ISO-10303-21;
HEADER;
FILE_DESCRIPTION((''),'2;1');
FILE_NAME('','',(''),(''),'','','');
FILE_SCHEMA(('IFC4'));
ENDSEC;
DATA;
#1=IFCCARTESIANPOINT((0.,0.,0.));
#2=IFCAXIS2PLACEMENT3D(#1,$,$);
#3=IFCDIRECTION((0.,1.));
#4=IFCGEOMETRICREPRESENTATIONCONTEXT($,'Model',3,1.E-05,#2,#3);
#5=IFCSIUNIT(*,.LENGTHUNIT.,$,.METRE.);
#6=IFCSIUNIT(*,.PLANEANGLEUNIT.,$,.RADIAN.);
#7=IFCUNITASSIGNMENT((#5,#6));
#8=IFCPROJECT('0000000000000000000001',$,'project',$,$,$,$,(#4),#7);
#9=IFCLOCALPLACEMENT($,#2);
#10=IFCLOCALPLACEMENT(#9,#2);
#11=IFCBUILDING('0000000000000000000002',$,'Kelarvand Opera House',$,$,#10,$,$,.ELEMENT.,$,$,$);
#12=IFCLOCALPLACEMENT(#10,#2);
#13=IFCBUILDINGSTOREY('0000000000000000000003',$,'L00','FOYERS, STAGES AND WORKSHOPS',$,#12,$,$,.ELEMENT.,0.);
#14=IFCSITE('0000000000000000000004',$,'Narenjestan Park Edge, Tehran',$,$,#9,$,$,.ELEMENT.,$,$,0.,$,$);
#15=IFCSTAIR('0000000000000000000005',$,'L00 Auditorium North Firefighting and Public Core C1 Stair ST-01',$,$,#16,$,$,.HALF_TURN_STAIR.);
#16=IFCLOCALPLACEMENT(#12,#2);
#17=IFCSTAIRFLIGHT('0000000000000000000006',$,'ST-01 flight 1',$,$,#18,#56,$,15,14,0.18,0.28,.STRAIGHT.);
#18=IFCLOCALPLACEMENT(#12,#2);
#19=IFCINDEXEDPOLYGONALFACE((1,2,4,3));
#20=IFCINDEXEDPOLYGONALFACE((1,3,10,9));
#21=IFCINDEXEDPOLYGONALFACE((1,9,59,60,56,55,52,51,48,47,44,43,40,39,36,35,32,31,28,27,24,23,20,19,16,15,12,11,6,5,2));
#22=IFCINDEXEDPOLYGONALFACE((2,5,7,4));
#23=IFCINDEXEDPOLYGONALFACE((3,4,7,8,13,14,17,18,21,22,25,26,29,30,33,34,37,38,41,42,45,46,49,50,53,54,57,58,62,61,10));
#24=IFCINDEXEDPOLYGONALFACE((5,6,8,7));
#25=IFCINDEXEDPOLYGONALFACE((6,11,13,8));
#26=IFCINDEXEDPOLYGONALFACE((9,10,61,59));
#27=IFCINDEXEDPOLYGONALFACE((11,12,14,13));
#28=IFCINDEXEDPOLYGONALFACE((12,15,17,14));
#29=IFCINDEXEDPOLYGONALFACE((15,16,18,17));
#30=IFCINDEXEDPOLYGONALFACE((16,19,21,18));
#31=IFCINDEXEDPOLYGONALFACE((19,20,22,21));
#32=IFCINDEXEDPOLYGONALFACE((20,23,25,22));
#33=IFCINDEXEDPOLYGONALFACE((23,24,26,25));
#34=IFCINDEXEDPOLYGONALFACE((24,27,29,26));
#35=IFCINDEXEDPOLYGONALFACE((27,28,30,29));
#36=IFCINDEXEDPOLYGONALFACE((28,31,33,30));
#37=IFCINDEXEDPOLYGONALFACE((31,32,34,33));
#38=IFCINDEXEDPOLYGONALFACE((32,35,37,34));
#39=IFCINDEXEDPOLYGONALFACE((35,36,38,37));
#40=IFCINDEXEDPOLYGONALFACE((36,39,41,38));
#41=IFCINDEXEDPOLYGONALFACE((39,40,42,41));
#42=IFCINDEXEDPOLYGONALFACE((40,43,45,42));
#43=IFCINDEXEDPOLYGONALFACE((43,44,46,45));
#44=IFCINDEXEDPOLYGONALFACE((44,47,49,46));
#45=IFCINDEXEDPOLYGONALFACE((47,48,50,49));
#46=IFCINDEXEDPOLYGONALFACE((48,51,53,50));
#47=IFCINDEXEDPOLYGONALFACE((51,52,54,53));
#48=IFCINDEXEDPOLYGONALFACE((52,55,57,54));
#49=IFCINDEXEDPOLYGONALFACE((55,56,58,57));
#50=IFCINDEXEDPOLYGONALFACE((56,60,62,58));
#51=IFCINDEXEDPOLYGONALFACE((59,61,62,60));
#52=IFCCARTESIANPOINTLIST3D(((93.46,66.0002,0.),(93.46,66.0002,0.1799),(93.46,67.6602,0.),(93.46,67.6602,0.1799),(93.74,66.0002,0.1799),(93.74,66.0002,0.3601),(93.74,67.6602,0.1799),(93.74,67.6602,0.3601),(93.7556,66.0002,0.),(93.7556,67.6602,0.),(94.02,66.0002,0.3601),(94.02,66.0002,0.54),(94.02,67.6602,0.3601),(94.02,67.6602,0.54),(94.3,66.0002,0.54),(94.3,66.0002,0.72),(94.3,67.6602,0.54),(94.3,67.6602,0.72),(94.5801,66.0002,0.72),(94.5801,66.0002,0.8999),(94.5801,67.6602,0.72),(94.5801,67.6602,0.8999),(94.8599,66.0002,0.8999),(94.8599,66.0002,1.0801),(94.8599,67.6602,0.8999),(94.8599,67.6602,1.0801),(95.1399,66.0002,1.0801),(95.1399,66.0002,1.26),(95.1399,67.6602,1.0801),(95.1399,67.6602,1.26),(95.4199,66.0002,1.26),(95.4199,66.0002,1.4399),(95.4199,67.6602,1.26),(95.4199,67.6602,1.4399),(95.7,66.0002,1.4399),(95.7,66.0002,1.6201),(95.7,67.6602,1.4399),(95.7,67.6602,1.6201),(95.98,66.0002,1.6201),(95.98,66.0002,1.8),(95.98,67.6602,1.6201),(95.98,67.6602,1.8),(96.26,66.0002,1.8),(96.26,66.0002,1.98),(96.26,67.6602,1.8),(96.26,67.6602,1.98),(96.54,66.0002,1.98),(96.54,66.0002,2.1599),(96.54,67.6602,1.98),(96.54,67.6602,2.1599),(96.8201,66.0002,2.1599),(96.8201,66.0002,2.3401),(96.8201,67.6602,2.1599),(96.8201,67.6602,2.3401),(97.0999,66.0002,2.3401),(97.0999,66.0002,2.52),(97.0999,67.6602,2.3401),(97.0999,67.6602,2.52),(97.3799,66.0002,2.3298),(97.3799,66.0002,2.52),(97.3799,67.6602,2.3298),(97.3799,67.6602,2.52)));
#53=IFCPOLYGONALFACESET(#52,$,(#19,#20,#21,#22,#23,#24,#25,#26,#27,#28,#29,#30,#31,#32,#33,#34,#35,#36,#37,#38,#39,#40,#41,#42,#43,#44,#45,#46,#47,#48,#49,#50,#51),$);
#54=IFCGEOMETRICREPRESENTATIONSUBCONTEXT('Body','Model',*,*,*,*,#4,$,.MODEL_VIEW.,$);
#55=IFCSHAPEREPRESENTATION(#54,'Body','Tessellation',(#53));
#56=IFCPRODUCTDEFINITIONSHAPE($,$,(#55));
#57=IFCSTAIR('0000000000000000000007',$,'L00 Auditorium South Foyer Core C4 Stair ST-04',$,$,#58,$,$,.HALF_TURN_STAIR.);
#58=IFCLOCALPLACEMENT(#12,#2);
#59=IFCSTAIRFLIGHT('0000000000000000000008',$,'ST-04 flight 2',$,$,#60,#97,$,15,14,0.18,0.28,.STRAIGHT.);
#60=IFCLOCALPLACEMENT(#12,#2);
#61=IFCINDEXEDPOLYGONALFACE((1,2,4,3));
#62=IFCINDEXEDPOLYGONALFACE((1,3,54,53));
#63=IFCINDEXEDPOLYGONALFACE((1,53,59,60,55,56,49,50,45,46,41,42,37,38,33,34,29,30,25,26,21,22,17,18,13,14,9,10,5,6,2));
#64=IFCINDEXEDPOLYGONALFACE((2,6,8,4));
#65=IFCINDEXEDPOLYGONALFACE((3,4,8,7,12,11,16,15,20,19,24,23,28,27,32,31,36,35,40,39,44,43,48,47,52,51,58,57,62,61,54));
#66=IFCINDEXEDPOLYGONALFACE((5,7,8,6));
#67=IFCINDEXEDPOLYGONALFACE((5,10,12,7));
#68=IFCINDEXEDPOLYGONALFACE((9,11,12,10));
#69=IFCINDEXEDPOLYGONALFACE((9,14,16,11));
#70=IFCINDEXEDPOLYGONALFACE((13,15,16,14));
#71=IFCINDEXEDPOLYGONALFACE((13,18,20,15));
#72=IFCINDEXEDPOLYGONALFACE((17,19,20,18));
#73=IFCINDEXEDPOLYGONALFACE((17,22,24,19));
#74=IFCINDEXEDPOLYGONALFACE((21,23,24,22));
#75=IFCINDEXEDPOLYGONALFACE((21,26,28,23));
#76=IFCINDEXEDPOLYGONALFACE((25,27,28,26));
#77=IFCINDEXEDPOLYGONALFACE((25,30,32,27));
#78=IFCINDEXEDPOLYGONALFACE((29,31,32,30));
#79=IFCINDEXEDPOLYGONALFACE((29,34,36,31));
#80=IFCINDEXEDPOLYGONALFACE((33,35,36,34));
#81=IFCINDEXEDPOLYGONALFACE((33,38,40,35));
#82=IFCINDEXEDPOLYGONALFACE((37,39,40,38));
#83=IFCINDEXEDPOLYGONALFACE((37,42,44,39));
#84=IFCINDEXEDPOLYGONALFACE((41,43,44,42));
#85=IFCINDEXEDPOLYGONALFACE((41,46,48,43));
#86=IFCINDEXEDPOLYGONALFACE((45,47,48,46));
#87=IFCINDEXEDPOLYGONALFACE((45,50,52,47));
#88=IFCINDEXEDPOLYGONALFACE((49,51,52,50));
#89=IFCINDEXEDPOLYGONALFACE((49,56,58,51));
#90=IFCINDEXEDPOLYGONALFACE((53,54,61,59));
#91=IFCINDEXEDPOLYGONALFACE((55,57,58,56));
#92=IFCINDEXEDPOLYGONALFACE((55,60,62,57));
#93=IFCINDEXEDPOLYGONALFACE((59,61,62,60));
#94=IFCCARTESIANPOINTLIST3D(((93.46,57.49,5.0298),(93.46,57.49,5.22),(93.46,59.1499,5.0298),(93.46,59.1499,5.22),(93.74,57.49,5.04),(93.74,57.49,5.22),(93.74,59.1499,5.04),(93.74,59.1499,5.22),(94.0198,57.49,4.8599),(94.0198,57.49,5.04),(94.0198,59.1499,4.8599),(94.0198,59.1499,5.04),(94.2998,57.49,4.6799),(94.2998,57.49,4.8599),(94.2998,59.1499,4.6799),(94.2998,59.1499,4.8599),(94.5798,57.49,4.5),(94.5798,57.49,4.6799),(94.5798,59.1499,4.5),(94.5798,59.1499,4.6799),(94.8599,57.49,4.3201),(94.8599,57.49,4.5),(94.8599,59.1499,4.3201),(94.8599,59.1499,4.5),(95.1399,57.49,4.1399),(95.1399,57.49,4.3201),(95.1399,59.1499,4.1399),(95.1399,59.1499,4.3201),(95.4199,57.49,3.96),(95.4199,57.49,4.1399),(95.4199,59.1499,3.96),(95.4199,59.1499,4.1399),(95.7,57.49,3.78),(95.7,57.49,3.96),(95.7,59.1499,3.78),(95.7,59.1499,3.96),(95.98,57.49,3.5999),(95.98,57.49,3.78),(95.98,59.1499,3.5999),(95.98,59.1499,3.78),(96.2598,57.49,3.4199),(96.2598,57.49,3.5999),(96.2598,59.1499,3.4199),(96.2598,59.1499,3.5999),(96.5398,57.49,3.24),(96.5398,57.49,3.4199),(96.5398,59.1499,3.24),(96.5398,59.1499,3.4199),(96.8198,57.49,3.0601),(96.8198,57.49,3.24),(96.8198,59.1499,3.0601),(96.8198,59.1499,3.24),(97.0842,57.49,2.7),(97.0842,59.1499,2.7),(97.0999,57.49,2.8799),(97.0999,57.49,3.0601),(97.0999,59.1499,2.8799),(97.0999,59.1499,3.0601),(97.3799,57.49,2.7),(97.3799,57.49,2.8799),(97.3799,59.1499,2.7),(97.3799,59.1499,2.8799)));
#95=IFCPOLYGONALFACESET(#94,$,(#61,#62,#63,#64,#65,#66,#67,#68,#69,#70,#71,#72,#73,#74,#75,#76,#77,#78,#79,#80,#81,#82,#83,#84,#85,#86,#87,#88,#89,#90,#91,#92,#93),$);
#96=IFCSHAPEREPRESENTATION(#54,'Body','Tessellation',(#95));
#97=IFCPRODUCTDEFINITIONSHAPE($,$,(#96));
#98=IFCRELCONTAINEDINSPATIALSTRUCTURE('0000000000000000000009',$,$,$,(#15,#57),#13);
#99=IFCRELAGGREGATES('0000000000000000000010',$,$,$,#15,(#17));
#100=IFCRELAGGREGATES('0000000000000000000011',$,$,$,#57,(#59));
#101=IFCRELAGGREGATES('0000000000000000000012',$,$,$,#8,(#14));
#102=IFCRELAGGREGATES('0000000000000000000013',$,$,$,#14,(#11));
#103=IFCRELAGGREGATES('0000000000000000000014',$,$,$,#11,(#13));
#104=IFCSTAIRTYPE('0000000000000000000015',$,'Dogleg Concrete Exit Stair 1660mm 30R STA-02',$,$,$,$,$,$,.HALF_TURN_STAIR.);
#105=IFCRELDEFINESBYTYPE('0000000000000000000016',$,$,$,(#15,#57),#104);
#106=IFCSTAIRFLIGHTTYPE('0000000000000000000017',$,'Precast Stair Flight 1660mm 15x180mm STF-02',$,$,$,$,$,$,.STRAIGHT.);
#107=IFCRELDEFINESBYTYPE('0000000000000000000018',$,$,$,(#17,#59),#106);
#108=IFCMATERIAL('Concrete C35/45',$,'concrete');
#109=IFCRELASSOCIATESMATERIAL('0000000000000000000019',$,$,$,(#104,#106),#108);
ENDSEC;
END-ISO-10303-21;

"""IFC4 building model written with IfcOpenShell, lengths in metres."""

from ifc_helpers import new_model, si_unit, direction, frame, origin, place, context, subcontext, project, spatial, polyline, outline, extrude, material, type_object, element, aggregate, save


model = new_model("IFC4")

# Units and contexts
model_context = context("Model", 3, precision=1e-05, world=origin(), true_north=direction((0.0, 1.0)))
body_context = subcontext(model_context, "Body", "Model", "MODEL_VIEW")
ifc_project = project(units=[si_unit("LENGTHUNIT", "METRE"), si_unit("PLANEANGLEUNIT", "RADIAN")], contexts=[model_context])

# Site, building, storey
site_placement = place(None, origin())
site = spatial("IfcSite", under=ifc_project, at=site_placement, Name="Narenjestan Park Edge, Tehran", CompositionType="ELEMENT", RefElevation=0.0)
building_placement = place(site_placement, origin())
building = spatial("IfcBuilding", under=site, at=building_placement, Name="Kelarvand Opera House", CompositionType="ELEMENT")
storey_placement = place(building_placement, origin())
storey = spatial("IfcBuildingStorey", under=building, at=storey_placement, Name="L00", Description="FOYERS, STAGES AND WORKSHOPS", CompositionType="ELEMENT", Elevation=0.0)

# Shared definitions
ifc_material_1 = material(Name="Concrete C35/45", Category="concrete")

# Stairs, stair flights
stair_type = type_object("IfcStairType", Name="Dogleg Concrete Exit Stair 1660mm 30R STA-02", PredefinedType="HALF_TURN_STAIR", material=ifc_material_1)
stair_1_placement = place(storey_placement, origin())
stair_1 = element("IfcStair", 1, at=stair_1_placement, inside=storey, type_object=stair_type, Name="L00 Auditorium North Firefighting and Public Core C1 Stair ST-01", PredefinedType="HALF_TURN_STAIR")
stair_flight_type = type_object("IfcStairFlightType", Name="Precast Stair Flight 1660mm 15x180mm STF-02", PredefinedType="STRAIGHT", material=ifc_material_1)
stair_flight_1_placement = place(storey_placement, frame((93.46, 66.8301, 0.0), z_axis=(0.0, 0.0, 1.0), x_axis=(1.0, 0.0, 0.0)))
stair_flight_1 = element("IfcStairFlight", 2, at=stair_flight_1_placement, type_object=stair_flight_type, Name="ST-01 flight 1", NumberOfRisers=15, NumberOfTreads=14, PredefinedType="STRAIGHT", RiserHeight=0.18, TreadLength=0.28, context=body_context, shape_type="SweptSolid", body=[
    extrude(outline(polyline([(0.0, 0.0), (0.0, 0.1799), (0.28, 0.1799), (0.28, 0.3601), (0.5601, 0.3601), (0.5601, 0.54), (0.8401, 0.54), (0.8401, 0.72), (1.1201, 0.72), (1.1201, 0.8999), (1.3999, 0.8999), (1.3999, 1.0801), (1.6799, 1.0801), (1.6799, 1.26), (1.96, 1.26), (1.96, 1.4399), (2.24, 1.4399), (2.24, 1.6201), (2.52, 1.6201), (2.52, 1.8), (2.8, 1.8), (2.8, 1.98), (3.0801, 1.98), (3.0801, 2.1599), (3.3601, 2.1599), (3.3601, 2.3401), (3.6399, 2.3401), (3.6399, 2.52), (3.9199, 2.52), (3.9199, 2.7), (3.9199, 2.3298), (0.2957, 0.0), (0.0, 0.0)])), frame((0.0, 0.8301, 0.0), z_axis=(0.0, -1.0, 0.0), x_axis=(1.0, 0.0, 0.0)), (0.0, 0.0, 1.0), 1.6599),
])
aggregate(stair_1, [stair_flight_1])
stair_2_placement = place(storey_placement, origin())
stair_2 = element("IfcStair", 3, at=stair_2_placement, inside=storey, type_object=stair_type, Name="L00 Auditorium South Foyer Core C4 Stair ST-04", PredefinedType="HALF_TURN_STAIR")
stair_flight_2_placement = place(storey_placement, frame((97.3799, 58.3201, 2.7), z_axis=(0.0, 0.0, 1.0), x_axis=(-1.0, 0.0, 0.0)))
stair_flight_2 = element("IfcStairFlight", 4, at=stair_flight_2_placement, type_object=stair_flight_type, Name="ST-04 flight 2", NumberOfRisers=15, NumberOfTreads=14, PredefinedType="STRAIGHT", RiserHeight=0.18, TreadLength=0.28, context=body_context, shape_type="SweptSolid", body=[
    extrude(outline(polyline([(0.0, 0.0), (0.0, 0.1799), (0.28, 0.1799), (0.28, 0.3601), (0.5601, 0.3601), (0.5601, 0.54), (0.8401, 0.54), (0.8401, 0.72), (1.1201, 0.72), (1.1201, 0.8999), (1.3999, 0.8999), (1.3999, 1.0801), (1.6799, 1.0801), (1.6799, 1.26), (1.96, 1.26), (1.96, 1.4399), (2.24, 1.4399), (2.24, 1.6201), (2.52, 1.6201), (2.52, 1.8), (2.8, 1.8), (2.8, 1.98), (3.0801, 1.98), (3.0801, 2.1599), (3.3601, 2.1599), (3.3601, 2.3401), (3.6399, 2.3401), (3.6399, 2.52), (3.9199, 2.52), (3.9199, 2.7), (3.9199, 2.3298), (0.2957, 0.0), (0.0, 0.0)])), frame((0.0, 0.8301, 0.0), z_axis=(0.0, -1.0, 0.0), x_axis=(1.0, 0.0, 0.0)), (0.0, 0.0, 1.0), 1.6599),
])
aggregate(stair_2, [stair_flight_2])

save(model, "model.ifc")
